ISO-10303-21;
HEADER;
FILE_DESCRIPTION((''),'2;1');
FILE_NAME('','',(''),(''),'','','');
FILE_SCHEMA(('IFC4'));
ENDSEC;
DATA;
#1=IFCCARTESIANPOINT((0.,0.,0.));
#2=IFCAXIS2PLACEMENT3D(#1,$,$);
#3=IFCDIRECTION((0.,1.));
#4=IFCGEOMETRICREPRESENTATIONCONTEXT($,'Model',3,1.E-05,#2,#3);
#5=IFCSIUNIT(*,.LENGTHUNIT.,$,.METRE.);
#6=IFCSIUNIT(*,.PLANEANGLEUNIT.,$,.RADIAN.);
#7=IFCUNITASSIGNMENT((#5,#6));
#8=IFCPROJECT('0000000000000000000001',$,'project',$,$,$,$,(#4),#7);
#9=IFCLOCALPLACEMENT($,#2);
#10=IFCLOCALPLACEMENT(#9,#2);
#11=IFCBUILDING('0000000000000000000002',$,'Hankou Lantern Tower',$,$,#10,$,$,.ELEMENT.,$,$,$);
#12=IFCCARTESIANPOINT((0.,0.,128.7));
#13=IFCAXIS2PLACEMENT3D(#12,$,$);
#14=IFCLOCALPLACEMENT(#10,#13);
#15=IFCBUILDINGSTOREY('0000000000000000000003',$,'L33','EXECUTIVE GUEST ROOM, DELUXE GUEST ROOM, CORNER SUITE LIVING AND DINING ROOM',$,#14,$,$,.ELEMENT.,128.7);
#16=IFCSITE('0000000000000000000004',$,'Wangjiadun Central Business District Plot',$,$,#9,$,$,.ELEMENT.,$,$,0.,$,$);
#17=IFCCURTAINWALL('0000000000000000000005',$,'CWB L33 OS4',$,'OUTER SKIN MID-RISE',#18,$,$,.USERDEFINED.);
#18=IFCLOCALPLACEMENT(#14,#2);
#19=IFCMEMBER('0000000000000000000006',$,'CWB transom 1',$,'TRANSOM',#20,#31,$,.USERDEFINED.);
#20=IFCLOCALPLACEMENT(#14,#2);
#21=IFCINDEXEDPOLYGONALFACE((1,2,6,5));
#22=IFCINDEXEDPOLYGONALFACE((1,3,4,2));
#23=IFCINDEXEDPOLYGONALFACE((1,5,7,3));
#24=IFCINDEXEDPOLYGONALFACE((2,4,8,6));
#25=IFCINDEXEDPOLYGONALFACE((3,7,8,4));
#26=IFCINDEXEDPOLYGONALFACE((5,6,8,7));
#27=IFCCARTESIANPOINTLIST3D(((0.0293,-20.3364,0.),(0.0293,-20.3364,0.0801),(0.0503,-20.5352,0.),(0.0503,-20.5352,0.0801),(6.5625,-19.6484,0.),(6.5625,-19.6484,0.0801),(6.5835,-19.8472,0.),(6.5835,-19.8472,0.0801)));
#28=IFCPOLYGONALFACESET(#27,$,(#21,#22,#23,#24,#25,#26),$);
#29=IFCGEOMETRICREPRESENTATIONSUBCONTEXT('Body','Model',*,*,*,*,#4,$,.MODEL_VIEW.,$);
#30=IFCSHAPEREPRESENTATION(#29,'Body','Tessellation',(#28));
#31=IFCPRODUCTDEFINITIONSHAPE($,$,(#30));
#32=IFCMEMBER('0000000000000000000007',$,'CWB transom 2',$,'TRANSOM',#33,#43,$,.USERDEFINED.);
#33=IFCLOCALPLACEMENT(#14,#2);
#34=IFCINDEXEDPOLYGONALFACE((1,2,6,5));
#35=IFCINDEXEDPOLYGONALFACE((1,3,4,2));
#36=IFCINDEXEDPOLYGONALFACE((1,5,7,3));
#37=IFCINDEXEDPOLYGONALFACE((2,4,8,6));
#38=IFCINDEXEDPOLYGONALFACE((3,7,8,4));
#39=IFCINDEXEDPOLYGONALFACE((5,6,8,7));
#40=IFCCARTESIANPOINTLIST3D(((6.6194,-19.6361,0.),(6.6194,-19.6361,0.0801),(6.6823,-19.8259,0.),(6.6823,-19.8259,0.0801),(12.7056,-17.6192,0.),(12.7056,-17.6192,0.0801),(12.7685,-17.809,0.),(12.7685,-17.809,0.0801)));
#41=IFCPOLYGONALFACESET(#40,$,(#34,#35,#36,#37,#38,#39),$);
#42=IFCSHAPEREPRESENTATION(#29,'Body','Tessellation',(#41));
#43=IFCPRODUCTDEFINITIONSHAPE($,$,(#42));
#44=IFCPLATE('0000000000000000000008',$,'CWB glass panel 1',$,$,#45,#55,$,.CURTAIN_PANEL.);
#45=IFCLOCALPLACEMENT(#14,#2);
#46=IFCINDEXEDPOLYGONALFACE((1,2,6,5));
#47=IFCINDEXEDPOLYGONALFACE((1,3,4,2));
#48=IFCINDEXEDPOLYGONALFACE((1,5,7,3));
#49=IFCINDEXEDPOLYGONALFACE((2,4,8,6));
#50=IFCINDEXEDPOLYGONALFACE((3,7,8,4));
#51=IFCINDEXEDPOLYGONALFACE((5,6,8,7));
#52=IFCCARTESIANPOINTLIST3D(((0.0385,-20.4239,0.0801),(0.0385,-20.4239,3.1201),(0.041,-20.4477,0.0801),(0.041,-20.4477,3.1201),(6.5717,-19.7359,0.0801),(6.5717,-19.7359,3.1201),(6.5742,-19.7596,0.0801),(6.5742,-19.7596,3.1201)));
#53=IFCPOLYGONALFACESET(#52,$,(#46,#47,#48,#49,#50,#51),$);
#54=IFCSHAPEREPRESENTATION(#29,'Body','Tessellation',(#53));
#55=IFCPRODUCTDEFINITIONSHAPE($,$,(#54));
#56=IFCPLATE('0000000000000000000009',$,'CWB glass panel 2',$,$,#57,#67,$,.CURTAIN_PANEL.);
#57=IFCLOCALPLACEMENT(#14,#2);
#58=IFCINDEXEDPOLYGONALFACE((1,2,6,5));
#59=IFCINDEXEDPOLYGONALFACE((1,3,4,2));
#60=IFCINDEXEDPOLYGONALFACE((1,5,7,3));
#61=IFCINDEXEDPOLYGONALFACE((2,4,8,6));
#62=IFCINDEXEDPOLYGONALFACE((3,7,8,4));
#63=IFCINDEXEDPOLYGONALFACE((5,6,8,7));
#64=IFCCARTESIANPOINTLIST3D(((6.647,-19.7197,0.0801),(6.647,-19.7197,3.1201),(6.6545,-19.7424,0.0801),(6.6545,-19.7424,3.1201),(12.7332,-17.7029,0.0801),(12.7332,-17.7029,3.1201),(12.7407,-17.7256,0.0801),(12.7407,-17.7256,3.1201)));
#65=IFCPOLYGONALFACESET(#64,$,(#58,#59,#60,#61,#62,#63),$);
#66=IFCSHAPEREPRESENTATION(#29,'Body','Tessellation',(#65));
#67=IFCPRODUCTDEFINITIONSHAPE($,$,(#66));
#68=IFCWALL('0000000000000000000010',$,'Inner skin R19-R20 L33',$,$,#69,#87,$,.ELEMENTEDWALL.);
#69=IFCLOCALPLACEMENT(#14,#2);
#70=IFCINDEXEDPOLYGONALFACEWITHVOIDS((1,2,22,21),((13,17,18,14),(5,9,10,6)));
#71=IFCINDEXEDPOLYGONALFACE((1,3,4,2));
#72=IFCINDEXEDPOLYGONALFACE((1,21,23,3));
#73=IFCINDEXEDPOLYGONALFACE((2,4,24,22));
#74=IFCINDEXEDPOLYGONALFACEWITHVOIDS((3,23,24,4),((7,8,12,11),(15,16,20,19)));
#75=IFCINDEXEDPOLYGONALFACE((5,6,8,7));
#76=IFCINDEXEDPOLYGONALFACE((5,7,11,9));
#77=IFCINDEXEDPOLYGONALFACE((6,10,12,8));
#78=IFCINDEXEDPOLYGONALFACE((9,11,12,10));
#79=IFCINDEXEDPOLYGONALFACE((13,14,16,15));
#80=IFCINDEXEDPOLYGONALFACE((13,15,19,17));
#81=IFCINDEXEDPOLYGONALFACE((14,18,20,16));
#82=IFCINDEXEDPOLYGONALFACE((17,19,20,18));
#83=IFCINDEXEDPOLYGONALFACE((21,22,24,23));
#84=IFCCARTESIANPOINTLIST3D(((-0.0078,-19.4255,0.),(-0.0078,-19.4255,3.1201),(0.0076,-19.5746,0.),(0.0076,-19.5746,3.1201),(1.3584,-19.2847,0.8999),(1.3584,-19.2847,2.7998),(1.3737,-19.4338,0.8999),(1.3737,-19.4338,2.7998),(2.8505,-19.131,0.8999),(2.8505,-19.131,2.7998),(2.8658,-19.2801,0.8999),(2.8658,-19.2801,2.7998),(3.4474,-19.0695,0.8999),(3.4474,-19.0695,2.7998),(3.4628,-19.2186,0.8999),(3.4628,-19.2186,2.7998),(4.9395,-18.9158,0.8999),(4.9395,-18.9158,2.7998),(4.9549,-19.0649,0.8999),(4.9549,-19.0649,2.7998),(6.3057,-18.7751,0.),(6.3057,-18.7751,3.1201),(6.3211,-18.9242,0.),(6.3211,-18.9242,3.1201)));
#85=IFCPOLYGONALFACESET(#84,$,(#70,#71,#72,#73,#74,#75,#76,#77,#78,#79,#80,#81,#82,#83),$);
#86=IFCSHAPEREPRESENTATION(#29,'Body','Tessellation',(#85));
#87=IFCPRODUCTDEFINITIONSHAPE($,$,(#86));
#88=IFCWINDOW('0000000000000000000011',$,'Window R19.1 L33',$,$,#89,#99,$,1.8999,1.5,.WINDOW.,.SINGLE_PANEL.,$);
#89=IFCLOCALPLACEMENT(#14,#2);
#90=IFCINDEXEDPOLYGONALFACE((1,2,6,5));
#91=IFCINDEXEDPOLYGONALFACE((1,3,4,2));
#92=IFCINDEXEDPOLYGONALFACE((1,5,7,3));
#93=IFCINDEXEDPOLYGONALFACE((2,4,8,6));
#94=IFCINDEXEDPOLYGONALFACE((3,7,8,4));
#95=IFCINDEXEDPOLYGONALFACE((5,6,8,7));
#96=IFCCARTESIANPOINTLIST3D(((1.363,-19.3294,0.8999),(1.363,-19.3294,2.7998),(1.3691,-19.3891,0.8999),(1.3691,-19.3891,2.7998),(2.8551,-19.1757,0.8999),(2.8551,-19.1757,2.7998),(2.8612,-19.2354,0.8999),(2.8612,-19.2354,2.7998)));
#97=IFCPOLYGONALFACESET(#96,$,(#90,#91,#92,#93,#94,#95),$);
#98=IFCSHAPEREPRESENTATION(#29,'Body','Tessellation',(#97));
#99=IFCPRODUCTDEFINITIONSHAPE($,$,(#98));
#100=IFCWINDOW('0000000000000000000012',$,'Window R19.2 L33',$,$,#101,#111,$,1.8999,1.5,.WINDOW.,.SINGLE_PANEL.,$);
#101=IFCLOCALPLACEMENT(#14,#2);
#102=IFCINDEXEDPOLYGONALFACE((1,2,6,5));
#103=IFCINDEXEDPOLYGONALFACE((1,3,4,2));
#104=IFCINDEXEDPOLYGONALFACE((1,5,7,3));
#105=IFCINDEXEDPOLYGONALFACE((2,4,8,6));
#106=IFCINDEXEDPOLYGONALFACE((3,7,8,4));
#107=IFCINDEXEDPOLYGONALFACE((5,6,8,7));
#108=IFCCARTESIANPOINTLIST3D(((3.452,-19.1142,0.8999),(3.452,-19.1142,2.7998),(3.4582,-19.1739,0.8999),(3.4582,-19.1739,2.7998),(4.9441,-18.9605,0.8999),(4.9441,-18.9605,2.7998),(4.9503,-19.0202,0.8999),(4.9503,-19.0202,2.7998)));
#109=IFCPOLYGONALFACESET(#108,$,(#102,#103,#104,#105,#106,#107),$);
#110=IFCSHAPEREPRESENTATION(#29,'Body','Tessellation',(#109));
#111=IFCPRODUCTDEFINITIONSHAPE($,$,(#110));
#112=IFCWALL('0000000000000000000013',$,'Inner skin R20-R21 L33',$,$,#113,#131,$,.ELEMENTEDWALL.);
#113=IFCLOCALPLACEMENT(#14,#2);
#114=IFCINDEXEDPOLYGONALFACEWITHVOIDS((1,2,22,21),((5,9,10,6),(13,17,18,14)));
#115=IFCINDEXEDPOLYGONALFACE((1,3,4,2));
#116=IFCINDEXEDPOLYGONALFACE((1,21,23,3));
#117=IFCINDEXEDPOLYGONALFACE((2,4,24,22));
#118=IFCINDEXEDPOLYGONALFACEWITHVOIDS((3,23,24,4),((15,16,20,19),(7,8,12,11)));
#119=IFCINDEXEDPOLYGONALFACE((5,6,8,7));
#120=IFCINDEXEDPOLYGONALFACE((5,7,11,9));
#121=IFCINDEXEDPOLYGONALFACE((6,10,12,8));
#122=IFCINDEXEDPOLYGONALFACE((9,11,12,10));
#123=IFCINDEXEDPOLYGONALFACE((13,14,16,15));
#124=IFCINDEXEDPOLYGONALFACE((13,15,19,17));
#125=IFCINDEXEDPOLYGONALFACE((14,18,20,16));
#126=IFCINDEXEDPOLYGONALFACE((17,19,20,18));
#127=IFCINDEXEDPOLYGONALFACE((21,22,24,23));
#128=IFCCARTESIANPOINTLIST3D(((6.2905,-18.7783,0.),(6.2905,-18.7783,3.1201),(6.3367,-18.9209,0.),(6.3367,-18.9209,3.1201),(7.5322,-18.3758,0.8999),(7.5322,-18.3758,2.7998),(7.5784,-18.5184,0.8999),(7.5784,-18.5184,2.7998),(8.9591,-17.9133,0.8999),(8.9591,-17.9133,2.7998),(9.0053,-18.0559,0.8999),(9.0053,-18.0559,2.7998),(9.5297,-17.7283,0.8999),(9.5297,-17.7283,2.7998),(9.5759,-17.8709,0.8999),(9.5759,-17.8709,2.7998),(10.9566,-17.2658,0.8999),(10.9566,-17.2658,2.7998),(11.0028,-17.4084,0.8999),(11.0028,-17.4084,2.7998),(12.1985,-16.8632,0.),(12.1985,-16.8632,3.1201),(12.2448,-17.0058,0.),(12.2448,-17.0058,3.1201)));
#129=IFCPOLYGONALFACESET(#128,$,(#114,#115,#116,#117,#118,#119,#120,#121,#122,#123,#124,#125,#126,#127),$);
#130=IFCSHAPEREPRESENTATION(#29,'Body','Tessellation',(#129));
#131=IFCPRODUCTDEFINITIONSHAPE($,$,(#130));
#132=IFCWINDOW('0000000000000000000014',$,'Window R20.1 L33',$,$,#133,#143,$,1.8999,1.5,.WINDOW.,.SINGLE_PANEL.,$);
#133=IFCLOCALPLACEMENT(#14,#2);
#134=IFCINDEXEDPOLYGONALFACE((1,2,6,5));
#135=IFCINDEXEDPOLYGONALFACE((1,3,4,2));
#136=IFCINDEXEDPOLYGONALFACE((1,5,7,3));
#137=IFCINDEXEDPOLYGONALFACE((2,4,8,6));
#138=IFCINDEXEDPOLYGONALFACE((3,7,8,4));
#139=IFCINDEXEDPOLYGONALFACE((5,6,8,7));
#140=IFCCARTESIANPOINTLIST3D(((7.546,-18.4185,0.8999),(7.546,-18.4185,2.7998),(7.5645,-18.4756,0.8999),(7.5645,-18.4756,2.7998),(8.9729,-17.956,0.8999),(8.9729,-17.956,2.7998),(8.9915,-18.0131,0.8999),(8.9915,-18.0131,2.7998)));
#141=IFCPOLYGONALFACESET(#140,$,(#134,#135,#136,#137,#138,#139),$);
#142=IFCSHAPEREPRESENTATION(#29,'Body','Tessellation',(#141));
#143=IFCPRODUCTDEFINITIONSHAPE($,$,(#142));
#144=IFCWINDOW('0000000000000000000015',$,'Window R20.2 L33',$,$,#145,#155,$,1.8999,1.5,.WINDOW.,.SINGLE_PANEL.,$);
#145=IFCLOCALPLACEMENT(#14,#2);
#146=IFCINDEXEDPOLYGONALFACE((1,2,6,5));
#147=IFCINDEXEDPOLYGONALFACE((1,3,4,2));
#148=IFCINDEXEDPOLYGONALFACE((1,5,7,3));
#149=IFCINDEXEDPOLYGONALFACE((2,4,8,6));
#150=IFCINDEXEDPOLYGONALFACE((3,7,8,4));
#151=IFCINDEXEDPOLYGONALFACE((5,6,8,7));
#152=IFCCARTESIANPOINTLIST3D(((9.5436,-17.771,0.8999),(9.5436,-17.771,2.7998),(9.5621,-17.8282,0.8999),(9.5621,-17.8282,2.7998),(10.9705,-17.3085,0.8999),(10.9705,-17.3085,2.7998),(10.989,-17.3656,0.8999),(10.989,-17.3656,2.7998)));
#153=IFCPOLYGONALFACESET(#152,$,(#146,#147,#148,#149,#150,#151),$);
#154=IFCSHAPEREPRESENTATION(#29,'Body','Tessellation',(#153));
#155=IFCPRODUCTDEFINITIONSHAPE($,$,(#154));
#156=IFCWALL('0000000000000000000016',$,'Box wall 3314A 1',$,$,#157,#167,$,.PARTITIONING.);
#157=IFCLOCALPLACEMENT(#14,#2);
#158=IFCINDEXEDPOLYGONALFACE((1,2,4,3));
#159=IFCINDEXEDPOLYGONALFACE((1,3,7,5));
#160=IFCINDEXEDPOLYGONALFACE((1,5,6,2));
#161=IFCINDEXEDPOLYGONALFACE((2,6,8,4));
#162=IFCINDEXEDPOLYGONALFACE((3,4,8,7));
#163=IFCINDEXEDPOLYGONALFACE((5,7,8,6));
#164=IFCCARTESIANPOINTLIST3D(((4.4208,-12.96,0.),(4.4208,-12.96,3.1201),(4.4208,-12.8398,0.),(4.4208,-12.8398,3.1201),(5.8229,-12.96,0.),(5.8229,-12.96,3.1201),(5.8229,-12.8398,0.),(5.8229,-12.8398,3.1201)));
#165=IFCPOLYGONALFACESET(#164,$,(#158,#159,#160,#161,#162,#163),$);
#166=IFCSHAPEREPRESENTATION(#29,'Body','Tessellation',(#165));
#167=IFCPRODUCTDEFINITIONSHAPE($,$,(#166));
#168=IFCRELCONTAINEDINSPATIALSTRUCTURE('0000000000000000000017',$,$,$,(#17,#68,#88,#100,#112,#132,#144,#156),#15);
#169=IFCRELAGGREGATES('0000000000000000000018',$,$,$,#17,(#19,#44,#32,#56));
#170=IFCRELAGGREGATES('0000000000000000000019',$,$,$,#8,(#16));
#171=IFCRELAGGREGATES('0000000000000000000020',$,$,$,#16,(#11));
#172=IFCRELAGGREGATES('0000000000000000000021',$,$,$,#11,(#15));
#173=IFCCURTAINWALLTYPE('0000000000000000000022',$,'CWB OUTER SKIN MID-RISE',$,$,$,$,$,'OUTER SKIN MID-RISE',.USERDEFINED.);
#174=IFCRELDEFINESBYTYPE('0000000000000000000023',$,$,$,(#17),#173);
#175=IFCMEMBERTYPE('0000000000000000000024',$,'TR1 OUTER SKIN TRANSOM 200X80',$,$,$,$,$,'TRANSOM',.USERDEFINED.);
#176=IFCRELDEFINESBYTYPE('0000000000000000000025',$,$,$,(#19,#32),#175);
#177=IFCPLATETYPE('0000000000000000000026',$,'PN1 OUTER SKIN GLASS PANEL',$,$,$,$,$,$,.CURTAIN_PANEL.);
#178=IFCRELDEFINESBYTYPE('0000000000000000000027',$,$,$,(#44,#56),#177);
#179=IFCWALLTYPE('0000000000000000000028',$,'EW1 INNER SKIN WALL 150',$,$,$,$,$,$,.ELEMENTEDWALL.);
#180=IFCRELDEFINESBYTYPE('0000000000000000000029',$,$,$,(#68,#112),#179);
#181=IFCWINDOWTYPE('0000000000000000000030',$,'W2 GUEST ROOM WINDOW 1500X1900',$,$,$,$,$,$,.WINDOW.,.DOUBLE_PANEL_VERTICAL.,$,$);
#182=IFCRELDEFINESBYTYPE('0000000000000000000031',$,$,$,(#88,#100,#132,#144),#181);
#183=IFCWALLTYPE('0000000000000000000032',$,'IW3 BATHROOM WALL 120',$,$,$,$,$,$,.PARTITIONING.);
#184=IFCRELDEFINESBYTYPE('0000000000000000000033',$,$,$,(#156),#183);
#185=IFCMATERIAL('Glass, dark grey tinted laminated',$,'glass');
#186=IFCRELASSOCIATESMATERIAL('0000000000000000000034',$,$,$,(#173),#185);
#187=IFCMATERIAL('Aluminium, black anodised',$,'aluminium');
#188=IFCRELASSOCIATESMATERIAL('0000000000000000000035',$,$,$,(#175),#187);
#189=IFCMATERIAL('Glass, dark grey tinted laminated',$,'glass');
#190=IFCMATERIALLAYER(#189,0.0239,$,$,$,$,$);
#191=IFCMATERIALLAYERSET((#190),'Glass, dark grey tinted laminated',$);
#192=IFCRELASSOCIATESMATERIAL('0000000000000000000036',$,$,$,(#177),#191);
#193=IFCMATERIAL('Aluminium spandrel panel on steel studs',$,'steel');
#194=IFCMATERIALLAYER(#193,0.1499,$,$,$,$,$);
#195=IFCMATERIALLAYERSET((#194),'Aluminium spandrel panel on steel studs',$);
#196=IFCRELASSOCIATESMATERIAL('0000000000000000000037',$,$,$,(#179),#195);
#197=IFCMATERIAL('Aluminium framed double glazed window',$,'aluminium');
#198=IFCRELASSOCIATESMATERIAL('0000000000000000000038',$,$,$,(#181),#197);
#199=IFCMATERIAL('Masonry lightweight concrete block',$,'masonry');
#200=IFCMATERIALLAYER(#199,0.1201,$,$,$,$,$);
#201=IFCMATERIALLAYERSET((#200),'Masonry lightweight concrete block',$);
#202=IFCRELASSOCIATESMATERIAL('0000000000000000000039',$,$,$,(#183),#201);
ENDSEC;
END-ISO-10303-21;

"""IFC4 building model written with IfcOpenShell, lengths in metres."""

from ifc_helpers import new_model, si_unit, direction, frame, frame_2d, origin, origin_2d, place, context, subcontext, project, spatial, rectangle, extrude, material, layer, layer_set, material_profile, profile_set, type_object, element, fill, aggregate, save


model = new_model("IFC4")

# Units and contexts
model_context = context("Model", 3, precision=1e-05, world=origin(), true_north=direction((0.0, 1.0)))
body_context = subcontext(model_context, "Body", "Model", "MODEL_VIEW")
ifc_project = project(units=[si_unit("LENGTHUNIT", "METRE"), si_unit("PLANEANGLEUNIT", "RADIAN")], contexts=[model_context])

# Site, building, storey
site_placement = place(None, origin())
site = spatial("IfcSite", under=ifc_project, at=site_placement, Name="Wangjiadun Central Business District Plot", CompositionType="ELEMENT", RefElevation=0.0)
building_placement = place(site_placement, origin())
building = spatial("IfcBuilding", under=site, at=building_placement, Name="Hankou Lantern Tower", CompositionType="ELEMENT")
storey_placement = place(building_placement, frame((0.0, 0.0, 128.7)))
storey = spatial("IfcBuildingStorey", under=building, at=storey_placement, Name="L33", Description="EXECUTIVE GUEST ROOM, DELUXE GUEST ROOM, CORNER SUITE LIVING AND DINING ROOM", CompositionType="ELEMENT", Elevation=128.7)

# Curtain wall
ifc_material_1 = material(Name="Glass, dark grey tinted laminated", Category="glass")
curtain_wall_type = type_object("IfcCurtainWallType", Name="CWB OUTER SKIN MID-RISE", ElementType="OUTER SKIN MID-RISE", PredefinedType="USERDEFINED", material=ifc_material_1)
curtain_wall_placement = place(storey_placement, origin())
curtain_wall = element("IfcCurtainWall", 1, at=curtain_wall_placement, inside=storey, type_object=curtain_wall_type, Name="CWB L33 OS4", ObjectType="OUTER SKIN MID-RISE", PredefinedType="USERDEFINED")

# Members
ifc_material_2 = material(Name="Aluminium, black anodised", Category="aluminium")
ifc_material_profile_1 = material_profile(ifc_material_2, rectangle(XDim=0.2, YDim=0.0801, at=origin_2d()), Name="TR1 200X80")
ifc_profile_set_1 = profile_set([ifc_material_profile_1], Name="Aluminium, black anodised")
member_type_1 = type_object("IfcMemberType", Name="TR1 OUTER SKIN TRANSOM 200X80", ElementType="TRANSOM", PredefinedType="USERDEFINED", material=ifc_profile_set_1)
member_1_placement = place(storey_placement, frame((0.0398, -20.4358, 0.04), z_axis=(0.994501, 0.104727, 0.0), x_axis=(-0.104727, 0.994501, 0.0)))
member_1 = element("IfcMember", 2, at=member_1_placement, type_object=member_type_1, Name="CWB transom 1", ObjectType="TRANSOM", PredefinedType="USERDEFINED", context=body_context, shape_type="SweptSolid", body=[
    extrude(rectangle(XDim=0.2, YDim=0.0801, at=origin_2d()), origin(), (0.0, 0.0, 1.0), 6.5693),
])
member_2_placement = place(storey_placement, frame((6.6509, -19.731, 0.04), z_axis=(0.949238, 0.314559, 0.0), x_axis=(-0.314559, 0.949238, 0.0)))
member_2 = element("IfcMember", 3, at=member_2_placement, type_object=member_type_1, Name="CWB transom 2", ObjectType="TRANSOM", PredefinedType="USERDEFINED", context=body_context, shape_type="SweptSolid", body=[
    extrude(rectangle(XDim=0.2, YDim=0.0801, at=origin_2d()), origin(), (0.0, 0.0, 1.0), 6.4116),
])

# Plates
ifc_material_3 = material(Name="Glass, dark grey tinted laminated", Category="glass")
ifc_layer_1 = layer(ifc_material_3, 0.0239)
ifc_layer_set_1 = layer_set([ifc_layer_1], Name="Glass, dark grey tinted laminated")
plate_type = type_object("IfcPlateType", Name="PN1 OUTER SKIN GLASS PANEL", PredefinedType="CURTAIN_PANEL", material=ifc_layer_set_1)
plate_1_placement = place(storey_placement, frame((3.3064, -20.0918, 0.0801), z_axis=(0.0, 0.0, 1.0), x_axis=(0.994499, 0.104743, 0.0)))
plate_1 = element("IfcPlate", 4, at=plate_1_placement, type_object=plate_type, Name="CWB glass panel 1", PredefinedType="CURTAIN_PANEL", context=body_context, shape_type="SweptSolid", body=[
    extrude(rectangle(XDim=6.5693, YDim=0.0239, at=origin_2d()), origin(), (0.0, 0.0, 1.0), 3.04),
])
plate_2_placement = place(storey_placement, frame((9.6938, -18.7227, 0.0801), z_axis=(0.0, 0.0, 1.0), x_axis=(0.949241, 0.314551, 0.0)))
plate_2 = element("IfcPlate", 5, at=plate_2_placement, type_object=plate_type, Name="CWB glass panel 2", PredefinedType="CURTAIN_PANEL", context=body_context, shape_type="SweptSolid", body=[
    extrude(rectangle(XDim=6.4116, YDim=0.0239, at=origin_2d()), origin(), (0.0, 0.0, 1.0), 3.04),
])
aggregate(curtain_wall, [member_1, plate_1, member_2, plate_2])

# Walls, openings, windows
ifc_material_4 = material(Name="Aluminium spandrel panel on steel studs", Category="steel")
ifc_layer_2 = layer(ifc_material_4, 0.1499)
ifc_layer_set_2 = layer_set([ifc_layer_2], Name="Aluminium spandrel panel on steel studs")
wall_type_1 = type_object("IfcWallType", Name="EW1 INNER SKIN WALL 150", PredefinedType="ELEMENTEDWALL", material=ifc_layer_set_2)
wall_1_placement = place(storey_placement, frame((0.0, -19.5, 0.0), z_axis=(0.0, 0.0, 1.0), x_axis=(0.994736, 0.102474, 0.0)))
wall_1 = element("IfcWall", 6, at=wall_1_placement, inside=storey, type_object=wall_type_1, Name="Inner skin R19-R20 L33", PredefinedType="ELEMENTEDWALL", context=body_context, shape_type="SweptSolid", body=[
    extrude(rectangle(XDim=6.3469, YDim=0.1499, at=frame_2d((3.1733, 0.0))), origin(), (0.0, 0.0, 1.0), 3.1201),
])
opening_1_placement = place(wall_1_placement, frame((1.3733, 0.0, 0.8999)))
opening_1 = element("IfcOpeningElement", 7, at=opening_1_placement, cuts=wall_1, PredefinedType="OPENING", context=body_context, shape_type="SweptSolid", body=[
    extrude(rectangle(XDim=1.5, YDim=1.8999, at=frame_2d((0.75, 0.95))), frame((0.0, 0.085, 0.0), z_axis=(0.0, -1.0, 0.0), x_axis=(1.0, 0.0, 0.0)), (0.0, 0.0, 1.0), 0.1699),
])
opening_2_placement = place(wall_1_placement, frame((3.4734, 0.0, 0.8999)))
opening_2 = element("IfcOpeningElement", 8, at=opening_2_placement, cuts=wall_1, PredefinedType="OPENING", context=body_context, shape_type="SweptSolid", body=[
    extrude(rectangle(XDim=1.5, YDim=1.8999, at=frame_2d((0.75, 0.95))), frame((0.0, 0.085, 0.0), z_axis=(0.0, -1.0, 0.0), x_axis=(1.0, 0.0, 0.0)), (0.0, 0.0, 1.0), 0.1699),
])
ifc_material_5 = material(Name="Aluminium framed double glazed window", Category="aluminium")
window_type = type_object("IfcWindowType", Name="W2 GUEST ROOM WINDOW 1500X1900", PartitioningType="DOUBLE_PANEL_VERTICAL", PredefinedType="WINDOW", material=ifc_material_5)
window_1_placement = place(opening_1_placement, origin())
window_1 = element("IfcWindow", 9, at=window_1_placement, inside=storey, type_object=window_type, Name="Window R19.1 L33", OverallHeight=1.8999, OverallWidth=1.5, PartitioningType="SINGLE_PANEL", PredefinedType="WINDOW", context=body_context, shape_type="SweptSolid", body=[
    extrude(rectangle(XDim=1.5, YDim=1.8999, at=frame_2d((0.75, 0.95))), frame((0.0, 0.03, 0.0), z_axis=(0.0, -1.0, 0.0), x_axis=(1.0, 0.0, 0.0)), (0.0, 0.0, 1.0), 0.0601),
])
fill(opening_1, window_1)
window_2_placement = place(opening_2_placement, origin())
window_2 = element("IfcWindow", 10, at=window_2_placement, inside=storey, type_object=window_type, Name="Window R19.2 L33", OverallHeight=1.8999, OverallWidth=1.5, PartitioningType="SINGLE_PANEL", PredefinedType="WINDOW", context=body_context, shape_type="SweptSolid", body=[
    extrude(rectangle(XDim=1.5, YDim=1.8999, at=frame_2d((0.75, 0.95))), frame((0.0, 0.03, 0.0), z_axis=(0.0, -1.0, 0.0), x_axis=(1.0, 0.0, 0.0)), (0.0, 0.0, 1.0), 0.0601),
])
fill(opening_2, window_2)
wall_2_placement = place(storey_placement, frame((6.3135, -18.8496, 0.0), z_axis=(0.0, 0.0, 1.0), x_axis=(0.951273, 0.308351, 0.0)))
wall_2 = element("IfcWall", 11, at=wall_2_placement, inside=storey, type_object=wall_type_1, Name="Inner skin R20-R21 L33", PredefinedType="ELEMENTEDWALL", context=body_context, shape_type="SweptSolid", body=[
    extrude(rectangle(XDim=6.2107, YDim=0.1499, at=frame_2d((3.1055, 0.0))), origin(), (0.0, 0.0, 1.0), 3.1201),
])
opening_3_placement = place(wall_2_placement, frame((1.3054, 0.0, 0.8999)))
opening_3 = element("IfcOpeningElement", 12, at=opening_3_placement, cuts=wall_2, PredefinedType="OPENING", context=body_context, shape_type="SweptSolid", body=[
    extrude(rectangle(XDim=1.5, YDim=1.8999, at=frame_2d((0.75, 0.95))), frame((0.0, 0.085, 0.0), z_axis=(0.0, -1.0, 0.0), x_axis=(1.0, 0.0, 0.0)), (0.0, 0.0, 1.0), 0.1699),
])
opening_4_placement = place(wall_2_placement, frame((3.4053, 0.0, 0.8999)))
opening_4 = element("IfcOpeningElement", 13, at=opening_4_placement, cuts=wall_2, PredefinedType="OPENING", context=body_context, shape_type="SweptSolid", body=[
    extrude(rectangle(XDim=1.5, YDim=1.8999, at=frame_2d((0.75, 0.95))), frame((0.0, 0.085, 0.0), z_axis=(0.0, -1.0, 0.0), x_axis=(1.0, 0.0, 0.0)), (0.0, 0.0, 1.0), 0.1699),
])
window_3_placement = place(opening_3_placement, origin())
window_3 = element("IfcWindow", 14, at=window_3_placement, inside=storey, type_object=window_type, Name="Window R20.1 L33", OverallHeight=1.8999, OverallWidth=1.5, PartitioningType="SINGLE_PANEL", PredefinedType="WINDOW", context=body_context, shape_type="SweptSolid", body=[
    extrude(rectangle(XDim=1.5, YDim=1.8999, at=frame_2d((0.75, 0.95))), frame((0.0, 0.03, 0.0), z_axis=(0.0, -1.0, 0.0), x_axis=(1.0, 0.0, 0.0)), (0.0, 0.0, 1.0), 0.0601),
])
fill(opening_3, window_3)
window_4_placement = place(opening_4_placement, origin())
window_4 = element("IfcWindow", 15, at=window_4_placement, inside=storey, type_object=window_type, Name="Window R20.2 L33", OverallHeight=1.8999, OverallWidth=1.5, PartitioningType="SINGLE_PANEL", PredefinedType="WINDOW", context=body_context, shape_type="SweptSolid", body=[
    extrude(rectangle(XDim=1.5, YDim=1.8999, at=frame_2d((0.75, 0.95))), frame((0.0, 0.03, 0.0), z_axis=(0.0, -1.0, 0.0), x_axis=(1.0, 0.0, 0.0)), (0.0, 0.0, 1.0), 0.0601),
])
fill(opening_4, window_4)

# Wall
ifc_material_6 = material(Name="Masonry lightweight concrete block", Category="masonry")
ifc_layer_3 = layer(ifc_material_6, 0.1201)
ifc_layer_set_3 = layer_set([ifc_layer_3], Name="Masonry lightweight concrete block")
wall_type_2 = type_object("IfcWallType", Name="IW3 BATHROOM WALL 120", PredefinedType="PARTITIONING", material=ifc_layer_set_3)
wall_3_placement = place(storey_placement, frame((4.4207, -12.8999, 0.0), z_axis=(0.0, 0.0, 1.0), x_axis=(1.0, 0.0, 0.0)))
element("IfcWall", 16, at=wall_3_placement, inside=storey, type_object=wall_type_2, Name="Box wall 3314A 1", PredefinedType="PARTITIONING", context=body_context, shape_type="SweptSolid", body=[
    extrude(rectangle(XDim=1.4021, YDim=0.1201, at=frame_2d((0.7012, 0.0))), origin(), (0.0, 0.0, 1.0), 3.1201),
])

save(model, "model.ifc")
